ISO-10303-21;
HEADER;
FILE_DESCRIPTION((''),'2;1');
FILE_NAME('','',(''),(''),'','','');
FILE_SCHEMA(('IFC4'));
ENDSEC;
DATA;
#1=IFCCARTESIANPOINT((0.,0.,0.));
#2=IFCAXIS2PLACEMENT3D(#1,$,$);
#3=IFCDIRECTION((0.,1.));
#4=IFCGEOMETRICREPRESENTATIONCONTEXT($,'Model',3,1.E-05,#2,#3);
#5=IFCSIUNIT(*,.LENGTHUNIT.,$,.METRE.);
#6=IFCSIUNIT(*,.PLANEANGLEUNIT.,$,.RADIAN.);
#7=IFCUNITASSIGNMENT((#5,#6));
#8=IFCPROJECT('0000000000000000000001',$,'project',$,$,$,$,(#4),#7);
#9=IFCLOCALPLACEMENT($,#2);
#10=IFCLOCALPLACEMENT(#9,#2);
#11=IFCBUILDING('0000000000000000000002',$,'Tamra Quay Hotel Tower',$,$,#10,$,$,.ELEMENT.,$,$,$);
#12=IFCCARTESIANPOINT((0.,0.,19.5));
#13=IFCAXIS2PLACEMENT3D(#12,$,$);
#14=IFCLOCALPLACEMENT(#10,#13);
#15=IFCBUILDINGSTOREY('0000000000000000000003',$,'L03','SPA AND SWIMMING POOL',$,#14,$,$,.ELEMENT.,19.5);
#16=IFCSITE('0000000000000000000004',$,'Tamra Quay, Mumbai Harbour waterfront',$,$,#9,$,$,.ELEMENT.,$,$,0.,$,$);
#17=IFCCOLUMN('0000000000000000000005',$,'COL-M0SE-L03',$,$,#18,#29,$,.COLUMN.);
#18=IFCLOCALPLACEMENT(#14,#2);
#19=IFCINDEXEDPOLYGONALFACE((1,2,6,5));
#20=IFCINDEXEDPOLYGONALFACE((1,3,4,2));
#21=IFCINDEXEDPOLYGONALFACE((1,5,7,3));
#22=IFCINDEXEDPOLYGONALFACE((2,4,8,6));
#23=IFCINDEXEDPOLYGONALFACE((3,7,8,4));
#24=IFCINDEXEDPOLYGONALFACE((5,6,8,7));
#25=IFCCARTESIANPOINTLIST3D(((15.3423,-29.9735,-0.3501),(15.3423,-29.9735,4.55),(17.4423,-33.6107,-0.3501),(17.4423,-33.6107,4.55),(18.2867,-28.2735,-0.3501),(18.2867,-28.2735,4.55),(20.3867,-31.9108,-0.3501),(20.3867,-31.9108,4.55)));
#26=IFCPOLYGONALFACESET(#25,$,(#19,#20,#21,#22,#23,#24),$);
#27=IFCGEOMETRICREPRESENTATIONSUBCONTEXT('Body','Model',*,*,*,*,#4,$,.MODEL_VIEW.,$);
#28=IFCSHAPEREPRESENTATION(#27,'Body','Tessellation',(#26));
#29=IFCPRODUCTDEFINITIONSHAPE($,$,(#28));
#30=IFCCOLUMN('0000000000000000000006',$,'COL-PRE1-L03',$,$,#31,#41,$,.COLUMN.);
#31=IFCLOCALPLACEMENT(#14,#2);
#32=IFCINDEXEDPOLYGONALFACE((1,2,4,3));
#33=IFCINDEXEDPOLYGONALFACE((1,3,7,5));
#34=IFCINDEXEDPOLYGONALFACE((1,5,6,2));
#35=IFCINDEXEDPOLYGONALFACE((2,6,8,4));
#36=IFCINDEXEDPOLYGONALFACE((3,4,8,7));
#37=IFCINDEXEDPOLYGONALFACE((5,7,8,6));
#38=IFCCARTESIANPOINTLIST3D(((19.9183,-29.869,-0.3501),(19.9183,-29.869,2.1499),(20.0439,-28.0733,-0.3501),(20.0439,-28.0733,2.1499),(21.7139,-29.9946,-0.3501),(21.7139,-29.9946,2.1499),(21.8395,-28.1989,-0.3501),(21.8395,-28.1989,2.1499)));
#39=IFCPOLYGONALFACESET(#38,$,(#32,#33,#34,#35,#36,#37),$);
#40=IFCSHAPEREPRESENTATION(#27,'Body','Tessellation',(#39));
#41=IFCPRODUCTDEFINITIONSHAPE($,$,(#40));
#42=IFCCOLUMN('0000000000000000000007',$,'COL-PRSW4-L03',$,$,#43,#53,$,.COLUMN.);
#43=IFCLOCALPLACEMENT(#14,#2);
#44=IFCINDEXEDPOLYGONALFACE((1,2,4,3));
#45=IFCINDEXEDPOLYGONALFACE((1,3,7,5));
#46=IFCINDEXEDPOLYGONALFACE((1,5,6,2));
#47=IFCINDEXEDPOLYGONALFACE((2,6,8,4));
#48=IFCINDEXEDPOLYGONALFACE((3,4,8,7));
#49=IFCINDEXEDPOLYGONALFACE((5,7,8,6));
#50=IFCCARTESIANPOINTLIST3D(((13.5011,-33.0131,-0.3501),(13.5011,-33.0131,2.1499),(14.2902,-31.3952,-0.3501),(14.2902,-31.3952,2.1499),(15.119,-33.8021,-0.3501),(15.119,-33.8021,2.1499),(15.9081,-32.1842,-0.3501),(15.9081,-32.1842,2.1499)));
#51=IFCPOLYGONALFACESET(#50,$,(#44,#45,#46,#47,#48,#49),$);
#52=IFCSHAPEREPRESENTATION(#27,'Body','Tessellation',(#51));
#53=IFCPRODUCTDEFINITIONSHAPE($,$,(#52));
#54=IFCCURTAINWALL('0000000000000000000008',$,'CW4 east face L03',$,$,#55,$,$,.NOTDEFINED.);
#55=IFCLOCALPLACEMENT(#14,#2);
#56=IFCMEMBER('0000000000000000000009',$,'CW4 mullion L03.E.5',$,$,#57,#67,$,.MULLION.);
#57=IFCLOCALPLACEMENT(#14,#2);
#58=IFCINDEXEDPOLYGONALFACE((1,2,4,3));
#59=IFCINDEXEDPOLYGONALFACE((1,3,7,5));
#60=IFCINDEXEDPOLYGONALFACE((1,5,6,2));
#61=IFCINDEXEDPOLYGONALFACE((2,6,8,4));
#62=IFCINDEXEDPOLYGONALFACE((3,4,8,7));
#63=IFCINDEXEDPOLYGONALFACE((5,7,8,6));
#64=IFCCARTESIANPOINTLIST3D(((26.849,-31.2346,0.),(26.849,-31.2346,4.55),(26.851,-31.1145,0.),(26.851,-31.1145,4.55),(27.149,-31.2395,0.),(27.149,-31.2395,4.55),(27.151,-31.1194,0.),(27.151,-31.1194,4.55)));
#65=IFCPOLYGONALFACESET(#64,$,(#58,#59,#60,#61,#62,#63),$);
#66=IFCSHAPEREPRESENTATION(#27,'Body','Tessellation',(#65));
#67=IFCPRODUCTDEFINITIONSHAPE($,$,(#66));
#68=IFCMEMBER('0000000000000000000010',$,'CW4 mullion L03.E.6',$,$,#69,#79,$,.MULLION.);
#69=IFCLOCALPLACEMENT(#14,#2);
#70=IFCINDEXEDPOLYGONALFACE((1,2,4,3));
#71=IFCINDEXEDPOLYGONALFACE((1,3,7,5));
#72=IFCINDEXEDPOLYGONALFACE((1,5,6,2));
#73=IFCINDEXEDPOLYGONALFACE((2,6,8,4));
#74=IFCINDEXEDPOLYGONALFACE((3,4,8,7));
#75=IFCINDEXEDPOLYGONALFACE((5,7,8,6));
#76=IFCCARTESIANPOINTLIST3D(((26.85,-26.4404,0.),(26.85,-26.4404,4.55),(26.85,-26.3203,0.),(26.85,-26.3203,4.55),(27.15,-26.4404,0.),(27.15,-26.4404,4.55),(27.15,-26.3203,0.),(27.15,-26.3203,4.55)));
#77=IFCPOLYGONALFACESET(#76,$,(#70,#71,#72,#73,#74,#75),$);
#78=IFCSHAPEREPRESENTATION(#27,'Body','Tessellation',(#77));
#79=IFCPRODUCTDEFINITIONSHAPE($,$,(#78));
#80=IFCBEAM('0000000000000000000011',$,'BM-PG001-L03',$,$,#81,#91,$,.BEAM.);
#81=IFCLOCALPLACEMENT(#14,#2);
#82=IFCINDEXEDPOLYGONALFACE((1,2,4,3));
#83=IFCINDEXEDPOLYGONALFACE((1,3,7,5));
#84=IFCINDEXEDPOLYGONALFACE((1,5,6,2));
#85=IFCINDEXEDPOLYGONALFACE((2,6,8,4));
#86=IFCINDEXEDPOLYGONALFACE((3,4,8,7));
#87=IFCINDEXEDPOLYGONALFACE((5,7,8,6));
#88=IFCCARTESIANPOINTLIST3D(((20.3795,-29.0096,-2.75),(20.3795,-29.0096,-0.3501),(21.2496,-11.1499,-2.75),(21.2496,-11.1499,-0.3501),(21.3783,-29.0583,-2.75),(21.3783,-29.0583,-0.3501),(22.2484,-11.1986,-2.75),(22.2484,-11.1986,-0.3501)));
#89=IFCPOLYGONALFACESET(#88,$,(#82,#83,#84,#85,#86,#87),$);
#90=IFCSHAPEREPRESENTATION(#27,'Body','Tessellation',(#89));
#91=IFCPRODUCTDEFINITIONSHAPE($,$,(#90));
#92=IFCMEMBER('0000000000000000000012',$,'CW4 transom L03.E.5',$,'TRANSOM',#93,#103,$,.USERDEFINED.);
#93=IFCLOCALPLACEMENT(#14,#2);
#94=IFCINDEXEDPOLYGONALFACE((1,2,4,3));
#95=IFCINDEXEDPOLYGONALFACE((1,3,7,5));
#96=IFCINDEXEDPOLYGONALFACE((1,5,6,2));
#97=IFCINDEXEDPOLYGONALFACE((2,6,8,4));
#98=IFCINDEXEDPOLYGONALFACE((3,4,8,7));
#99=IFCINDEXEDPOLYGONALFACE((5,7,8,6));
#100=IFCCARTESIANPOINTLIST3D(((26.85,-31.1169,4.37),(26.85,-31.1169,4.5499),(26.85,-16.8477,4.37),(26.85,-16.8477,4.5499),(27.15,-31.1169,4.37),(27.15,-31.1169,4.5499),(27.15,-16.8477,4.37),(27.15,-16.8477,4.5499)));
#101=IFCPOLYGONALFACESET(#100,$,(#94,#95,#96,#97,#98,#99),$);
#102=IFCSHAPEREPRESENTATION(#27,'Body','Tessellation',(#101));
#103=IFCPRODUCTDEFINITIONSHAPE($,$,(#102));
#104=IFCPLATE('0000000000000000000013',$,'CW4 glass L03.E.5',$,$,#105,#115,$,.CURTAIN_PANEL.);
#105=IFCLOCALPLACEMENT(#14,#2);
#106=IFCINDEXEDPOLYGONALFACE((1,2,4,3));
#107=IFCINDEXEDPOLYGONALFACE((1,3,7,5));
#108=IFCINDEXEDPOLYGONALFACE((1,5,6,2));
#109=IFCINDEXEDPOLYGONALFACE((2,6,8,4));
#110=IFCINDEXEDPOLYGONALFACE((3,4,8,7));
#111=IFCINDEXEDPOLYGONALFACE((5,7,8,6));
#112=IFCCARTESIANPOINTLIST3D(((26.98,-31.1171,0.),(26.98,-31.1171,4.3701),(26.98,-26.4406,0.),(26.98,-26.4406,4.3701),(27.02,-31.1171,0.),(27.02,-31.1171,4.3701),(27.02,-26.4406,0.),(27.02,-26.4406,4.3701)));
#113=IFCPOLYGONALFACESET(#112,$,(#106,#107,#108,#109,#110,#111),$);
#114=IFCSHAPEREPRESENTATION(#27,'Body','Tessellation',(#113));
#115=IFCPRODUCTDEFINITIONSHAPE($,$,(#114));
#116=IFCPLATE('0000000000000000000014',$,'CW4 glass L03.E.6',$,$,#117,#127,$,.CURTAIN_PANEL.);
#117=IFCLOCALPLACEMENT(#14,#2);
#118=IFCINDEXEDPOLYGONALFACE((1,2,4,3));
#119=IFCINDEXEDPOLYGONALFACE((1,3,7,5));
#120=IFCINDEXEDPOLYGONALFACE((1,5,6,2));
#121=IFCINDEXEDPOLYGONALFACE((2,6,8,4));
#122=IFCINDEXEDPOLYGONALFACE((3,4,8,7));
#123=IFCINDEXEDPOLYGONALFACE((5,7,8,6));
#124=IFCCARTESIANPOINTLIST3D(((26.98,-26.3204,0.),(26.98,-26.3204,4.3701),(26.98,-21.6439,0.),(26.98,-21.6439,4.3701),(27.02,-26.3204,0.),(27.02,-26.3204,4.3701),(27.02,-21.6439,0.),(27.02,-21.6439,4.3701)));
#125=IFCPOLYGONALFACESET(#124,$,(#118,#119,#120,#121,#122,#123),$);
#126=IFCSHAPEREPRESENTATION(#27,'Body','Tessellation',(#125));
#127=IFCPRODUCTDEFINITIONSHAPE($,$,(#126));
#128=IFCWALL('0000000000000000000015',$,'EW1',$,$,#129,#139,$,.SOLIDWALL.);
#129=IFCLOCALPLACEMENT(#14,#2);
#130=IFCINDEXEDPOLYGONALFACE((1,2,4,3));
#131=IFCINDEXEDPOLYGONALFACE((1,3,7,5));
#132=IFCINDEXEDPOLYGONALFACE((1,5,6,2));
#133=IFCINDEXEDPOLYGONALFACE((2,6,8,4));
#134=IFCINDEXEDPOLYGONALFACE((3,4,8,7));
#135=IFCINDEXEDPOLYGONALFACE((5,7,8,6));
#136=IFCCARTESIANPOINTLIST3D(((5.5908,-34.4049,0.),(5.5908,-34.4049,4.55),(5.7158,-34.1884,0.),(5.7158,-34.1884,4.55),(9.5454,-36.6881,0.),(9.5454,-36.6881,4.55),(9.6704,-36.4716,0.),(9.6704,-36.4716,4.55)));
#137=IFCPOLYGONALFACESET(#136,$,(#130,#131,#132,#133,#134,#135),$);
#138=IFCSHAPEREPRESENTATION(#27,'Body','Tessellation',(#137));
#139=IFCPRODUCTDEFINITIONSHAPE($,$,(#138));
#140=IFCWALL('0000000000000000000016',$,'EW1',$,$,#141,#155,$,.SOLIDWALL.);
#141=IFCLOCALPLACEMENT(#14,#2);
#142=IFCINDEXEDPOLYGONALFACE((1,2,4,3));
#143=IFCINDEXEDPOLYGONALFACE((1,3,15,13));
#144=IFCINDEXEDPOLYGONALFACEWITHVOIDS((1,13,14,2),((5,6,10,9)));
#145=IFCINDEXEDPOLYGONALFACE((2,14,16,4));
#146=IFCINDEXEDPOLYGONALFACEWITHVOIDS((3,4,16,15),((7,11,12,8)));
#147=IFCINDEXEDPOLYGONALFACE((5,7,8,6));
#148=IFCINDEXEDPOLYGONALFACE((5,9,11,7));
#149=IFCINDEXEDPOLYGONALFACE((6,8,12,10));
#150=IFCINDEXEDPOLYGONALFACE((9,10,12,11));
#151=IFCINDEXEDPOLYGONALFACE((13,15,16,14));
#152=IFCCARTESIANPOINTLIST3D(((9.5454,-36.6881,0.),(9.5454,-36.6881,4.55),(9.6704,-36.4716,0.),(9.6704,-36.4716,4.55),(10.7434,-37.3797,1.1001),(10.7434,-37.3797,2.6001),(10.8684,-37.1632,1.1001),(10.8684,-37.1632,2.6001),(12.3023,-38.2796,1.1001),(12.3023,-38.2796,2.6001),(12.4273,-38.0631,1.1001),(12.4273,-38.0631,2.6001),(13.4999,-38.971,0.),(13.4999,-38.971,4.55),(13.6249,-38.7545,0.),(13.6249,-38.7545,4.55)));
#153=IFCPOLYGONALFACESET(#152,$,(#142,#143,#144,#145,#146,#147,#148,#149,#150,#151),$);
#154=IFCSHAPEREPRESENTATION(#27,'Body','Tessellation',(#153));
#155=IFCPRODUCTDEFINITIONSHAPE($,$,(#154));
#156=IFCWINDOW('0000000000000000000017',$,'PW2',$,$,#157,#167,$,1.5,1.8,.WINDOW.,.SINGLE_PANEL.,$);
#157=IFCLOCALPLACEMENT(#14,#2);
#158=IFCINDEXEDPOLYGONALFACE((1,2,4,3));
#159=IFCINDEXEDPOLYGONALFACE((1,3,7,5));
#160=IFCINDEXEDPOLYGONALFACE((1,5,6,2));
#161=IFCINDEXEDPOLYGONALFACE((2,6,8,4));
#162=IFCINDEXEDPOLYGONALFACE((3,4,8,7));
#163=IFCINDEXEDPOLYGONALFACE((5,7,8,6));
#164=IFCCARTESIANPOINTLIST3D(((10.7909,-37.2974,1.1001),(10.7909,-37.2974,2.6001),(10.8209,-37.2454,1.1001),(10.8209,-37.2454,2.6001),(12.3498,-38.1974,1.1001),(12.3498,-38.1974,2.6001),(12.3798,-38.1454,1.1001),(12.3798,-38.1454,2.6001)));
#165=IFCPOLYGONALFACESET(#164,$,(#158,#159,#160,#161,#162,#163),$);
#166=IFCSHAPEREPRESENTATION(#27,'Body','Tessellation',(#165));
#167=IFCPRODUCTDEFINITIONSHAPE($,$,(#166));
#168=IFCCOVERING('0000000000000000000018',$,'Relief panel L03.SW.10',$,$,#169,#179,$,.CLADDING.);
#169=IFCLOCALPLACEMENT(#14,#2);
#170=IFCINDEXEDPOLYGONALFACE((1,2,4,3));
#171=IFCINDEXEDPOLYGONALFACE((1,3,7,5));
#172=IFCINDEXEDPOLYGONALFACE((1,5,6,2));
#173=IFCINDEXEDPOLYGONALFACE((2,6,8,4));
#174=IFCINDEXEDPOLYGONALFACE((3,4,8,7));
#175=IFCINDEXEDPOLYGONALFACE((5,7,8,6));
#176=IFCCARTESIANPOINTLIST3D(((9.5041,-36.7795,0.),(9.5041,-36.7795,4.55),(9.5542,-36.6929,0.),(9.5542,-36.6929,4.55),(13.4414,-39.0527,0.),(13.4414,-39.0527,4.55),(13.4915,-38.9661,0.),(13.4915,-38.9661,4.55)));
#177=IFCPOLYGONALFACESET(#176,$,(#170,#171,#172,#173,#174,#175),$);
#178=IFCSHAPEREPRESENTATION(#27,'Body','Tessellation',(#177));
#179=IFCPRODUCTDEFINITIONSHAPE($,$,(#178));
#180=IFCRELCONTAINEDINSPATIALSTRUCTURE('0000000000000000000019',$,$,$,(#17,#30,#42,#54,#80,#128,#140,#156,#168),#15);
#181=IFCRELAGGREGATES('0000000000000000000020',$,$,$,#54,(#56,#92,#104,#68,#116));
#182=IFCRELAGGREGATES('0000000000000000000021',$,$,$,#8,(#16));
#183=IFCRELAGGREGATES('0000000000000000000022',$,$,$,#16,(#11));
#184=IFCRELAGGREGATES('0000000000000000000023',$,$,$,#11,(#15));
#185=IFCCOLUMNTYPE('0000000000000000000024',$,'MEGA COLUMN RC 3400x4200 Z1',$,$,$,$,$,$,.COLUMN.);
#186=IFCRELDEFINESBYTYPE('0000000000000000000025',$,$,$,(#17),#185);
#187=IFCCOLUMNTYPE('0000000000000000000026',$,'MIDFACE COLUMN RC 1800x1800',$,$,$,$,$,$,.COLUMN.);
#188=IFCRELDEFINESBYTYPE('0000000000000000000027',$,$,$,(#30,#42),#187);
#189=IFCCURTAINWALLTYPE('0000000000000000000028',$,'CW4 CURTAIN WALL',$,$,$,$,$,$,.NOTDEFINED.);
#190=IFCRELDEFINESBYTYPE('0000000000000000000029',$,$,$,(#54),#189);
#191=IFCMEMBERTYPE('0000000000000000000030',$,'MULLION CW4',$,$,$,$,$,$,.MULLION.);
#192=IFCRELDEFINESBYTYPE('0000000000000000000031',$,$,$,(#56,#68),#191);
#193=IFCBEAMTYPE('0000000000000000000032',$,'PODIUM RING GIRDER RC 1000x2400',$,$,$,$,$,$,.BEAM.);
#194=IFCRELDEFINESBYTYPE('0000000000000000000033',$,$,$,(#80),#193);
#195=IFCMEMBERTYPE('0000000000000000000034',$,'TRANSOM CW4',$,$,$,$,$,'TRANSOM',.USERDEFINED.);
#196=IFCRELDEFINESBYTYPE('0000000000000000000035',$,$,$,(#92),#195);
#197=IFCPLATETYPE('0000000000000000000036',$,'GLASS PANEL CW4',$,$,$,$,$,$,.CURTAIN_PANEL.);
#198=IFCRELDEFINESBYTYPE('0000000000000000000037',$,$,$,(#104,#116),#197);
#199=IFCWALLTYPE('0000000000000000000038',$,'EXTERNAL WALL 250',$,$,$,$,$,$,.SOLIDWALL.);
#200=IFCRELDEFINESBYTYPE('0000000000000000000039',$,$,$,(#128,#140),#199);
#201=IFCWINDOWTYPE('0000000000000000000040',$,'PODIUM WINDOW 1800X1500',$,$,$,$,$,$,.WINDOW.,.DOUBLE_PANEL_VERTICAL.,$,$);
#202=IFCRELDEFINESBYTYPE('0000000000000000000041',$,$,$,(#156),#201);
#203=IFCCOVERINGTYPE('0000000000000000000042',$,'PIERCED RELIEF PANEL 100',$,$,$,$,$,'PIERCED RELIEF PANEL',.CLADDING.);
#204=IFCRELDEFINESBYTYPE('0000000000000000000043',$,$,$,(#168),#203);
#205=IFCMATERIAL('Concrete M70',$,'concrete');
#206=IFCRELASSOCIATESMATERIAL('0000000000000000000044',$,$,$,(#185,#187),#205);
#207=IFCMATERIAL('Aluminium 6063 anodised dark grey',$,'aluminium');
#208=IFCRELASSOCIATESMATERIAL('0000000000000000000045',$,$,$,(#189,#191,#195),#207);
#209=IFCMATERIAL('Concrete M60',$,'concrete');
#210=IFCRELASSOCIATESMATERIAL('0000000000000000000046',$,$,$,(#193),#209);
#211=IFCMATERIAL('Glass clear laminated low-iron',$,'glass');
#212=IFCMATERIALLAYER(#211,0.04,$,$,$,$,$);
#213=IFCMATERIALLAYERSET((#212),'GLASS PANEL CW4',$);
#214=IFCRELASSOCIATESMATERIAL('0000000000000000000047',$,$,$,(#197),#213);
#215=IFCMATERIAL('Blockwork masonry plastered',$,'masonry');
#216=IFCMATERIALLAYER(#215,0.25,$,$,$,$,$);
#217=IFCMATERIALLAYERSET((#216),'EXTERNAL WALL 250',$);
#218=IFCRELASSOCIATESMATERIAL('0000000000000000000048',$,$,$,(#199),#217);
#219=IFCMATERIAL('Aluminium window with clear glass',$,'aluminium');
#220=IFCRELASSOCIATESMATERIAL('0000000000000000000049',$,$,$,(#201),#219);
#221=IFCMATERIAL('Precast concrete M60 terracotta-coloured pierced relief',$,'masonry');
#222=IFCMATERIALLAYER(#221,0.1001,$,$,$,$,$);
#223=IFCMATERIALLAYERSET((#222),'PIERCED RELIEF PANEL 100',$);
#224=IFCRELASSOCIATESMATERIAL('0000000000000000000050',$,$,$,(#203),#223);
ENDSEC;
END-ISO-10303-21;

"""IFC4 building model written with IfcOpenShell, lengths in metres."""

from ifc_helpers import new_model, si_unit, direction, frame, frame_2d, origin, origin_2d, place, context, subcontext, project, spatial, rectangle, extrude, material, layer, layer_set, material_profile, profile_set, type_object, element, fill, aggregate, save


model = new_model("IFC4")

# Units and contexts
model_context = context("Model", 3, precision=1e-05, world=origin(), true_north=direction((0.0, 1.0)))
body_context = subcontext(model_context, "Body", "Model", "MODEL_VIEW")
ifc_project = project(units=[si_unit("LENGTHUNIT", "METRE"), si_unit("PLANEANGLEUNIT", "RADIAN")], contexts=[model_context])

# Site, building, storey
site_placement = place(None, origin())
site = spatial("IfcSite", under=ifc_project, at=site_placement, Name="Tamra Quay, Mumbai Harbour waterfront", CompositionType="ELEMENT", RefElevation=0.0)
building_placement = place(site_placement, origin())
building = spatial("IfcBuilding", under=site, at=building_placement, Name="Tamra Quay Hotel Tower", CompositionType="ELEMENT")
storey_placement = place(building_placement, frame((0.0, 0.0, 19.5)))
storey = spatial("IfcBuildingStorey", under=building, at=storey_placement, Name="L03", Description="SPA AND SWIMMING POOL", CompositionType="ELEMENT", Elevation=19.5)

# Columns
ifc_material_1 = material(Name="Concrete M70", Category="concrete")
ifc_material_profile_1 = material_profile(ifc_material_1, rectangle(XDim=4.2, YDim=3.3999, at=origin_2d()), Name="MEGA COLUMN RC 3400x4200 Z1")
ifc_profile_set_1 = profile_set([ifc_material_profile_1], Name="Concrete M70")
column_type_1 = type_object("IfcColumnType", Name="MEGA COLUMN RC 3400x4200 Z1", PredefinedType="COLUMN", material=ifc_profile_set_1)
column_placement = place(storey_placement, frame((17.8645, -30.9421, -0.3501), z_axis=(0.0, 0.0, 1.0), x_axis=(-0.5, 0.866025, 0.0)))
element("IfcColumn", 1, at=column_placement, inside=storey, type_object=column_type_1, Name="COL-M0SE-L03", PredefinedType="COLUMN", context=body_context, shape_type="SweptSolid", body=[
    extrude(rectangle(XDim=4.2, YDim=3.3999, at=origin_2d()), origin(), (0.0, 0.0, 1.0), 4.9001),
])
ifc_material_profile_2 = material_profile(ifc_material_1, rectangle(XDim=1.8, YDim=1.8, at=origin_2d()), Name="MIDFACE COLUMN RC 1800x1800")
ifc_profile_set_2 = profile_set([ifc_material_profile_2], Name="Concrete M70")
column_type_2 = type_object("IfcColumnType", Name="MIDFACE COLUMN RC 1800x1800", PredefinedType="COLUMN", material=ifc_profile_set_2)
for number, where, z_axis, x_axis, name in (
    (2, (20.8789, -29.0339, -0.3501), (0.0, 0.0, 1.0), (-0.997562, 0.06979, 0.0), "COL-PRE1-L03"),
    (3, (14.7046, -32.5986, -0.3501), (0.0, 0.0, 1.0), (0.438341, 0.898809, 0.0), "COL-PRSW4-L03"),
):
    element("IfcColumn", number, at=place(storey_placement, frame(where, z_axis=z_axis, x_axis=x_axis)), inside=storey, type_object=column_type_2, Name=name, PredefinedType="COLUMN", context=body_context, shape_type="SweptSolid", body=[
        extrude(rectangle(XDim=1.8, YDim=1.8, at=origin_2d()), origin(), (0.0, 0.0, 1.0), 2.5),
    ])

# Curtain wall, members
ifc_material_2 = material(Name="Aluminium 6063 anodised dark grey", Category="aluminium")
curtain_wall_type = type_object("IfcCurtainWallType", Name="CW4 CURTAIN WALL", PredefinedType="NOTDEFINED", material=ifc_material_2)
curtain_wall_placement = place(storey_placement, origin())
curtain_wall = element("IfcCurtainWall", 4, at=curtain_wall_placement, inside=storey, type_object=curtain_wall_type, Name="CW4 east face L03", PredefinedType="NOTDEFINED")
ifc_material_profile_3 = material_profile(ifc_material_2, rectangle(XDim=0.3, YDim=0.1201, at=origin_2d()), Name="MULLION 120X300")
ifc_profile_set_3 = profile_set([ifc_material_profile_3], Name="Aluminium 6063 anodised dark grey")
member_type_1 = type_object("IfcMemberType", Name="MULLION CW4", PredefinedType="MULLION", material=ifc_profile_set_3)
member_1_placement = place(storey_placement, frame((27.0, -31.177, 0.0), z_axis=(0.0, 0.0, 1.0), x_axis=(0.999866, -0.016362, 0.0)))
member_1 = element("IfcMember", 5, at=member_1_placement, type_object=member_type_1, Name="CW4 mullion L03.E.5", PredefinedType="MULLION", context=body_context, shape_type="SweptSolid", body=[
    extrude(rectangle(XDim=0.3, YDim=0.1201, at=origin_2d()), origin(), (0.0, 0.0, 1.0), 4.55),
])
member_2_placement = place(storey_placement, frame((27.0, -26.3804, 0.0), z_axis=(0.0, 0.0, 1.0), x_axis=(1.0, 0.0, 0.0)))
member_2 = element("IfcMember", 6, at=member_2_placement, type_object=member_type_1, Name="CW4 mullion L03.E.6", PredefinedType="MULLION", context=body_context, shape_type="SweptSolid", body=[
    extrude(rectangle(XDim=0.3, YDim=0.1201, at=origin_2d()), origin(), (0.0, 0.0, 1.0), 4.55),
])

# Beam
ifc_material_3 = material(Name="Concrete M60", Category="concrete")
ifc_material_profile_4 = material_profile(ifc_material_3, rectangle(XDim=1.0, YDim=2.3999, at=origin_2d()), Name="PODIUM RING GIRDER RC 1000x2400")
ifc_profile_set_4 = profile_set([ifc_material_profile_4], Name="Concrete M60")
beam_type = type_object("IfcBeamType", Name="PODIUM RING GIRDER RC 1000x2400", PredefinedType="BEAM", material=ifc_profile_set_4)
beam_placement = place(storey_placement, frame((20.8789, -29.0339, -1.55), z_axis=(0.048662, 0.998815, 0.0), x_axis=(-0.998815, 0.048662, 0.0)))
element("IfcBeam", 7, at=beam_placement, inside=storey, type_object=beam_type, Name="BM-PG001-L03", PredefinedType="BEAM", context=body_context, shape_type="SweptSolid", body=[
    extrude(rectangle(XDim=1.0, YDim=2.3999, at=origin_2d()), origin(), (0.0, 0.0, 1.0), 17.8809),
])

# Member
ifc_material_profile_5 = material_profile(ifc_material_2, rectangle(XDim=0.3, YDim=0.1799, at=origin_2d()), Name="TRANSOM 300X180")
ifc_profile_set_5 = profile_set([ifc_material_profile_5], Name="Aluminium 6063 anodised dark grey")
member_type_2 = type_object("IfcMemberType", Name="TRANSOM CW4", ElementType="TRANSOM", PredefinedType="USERDEFINED", material=ifc_profile_set_5)
member_3_placement = place(storey_placement, frame((27.0, -31.1169, 4.46), z_axis=(0.0, 1.0, 0.0), x_axis=(-1.0, 0.0, 0.0)))
member_3 = element("IfcMember", 8, at=member_3_placement, type_object=member_type_2, Name="CW4 transom L03.E.5", ObjectType="TRANSOM", PredefinedType="USERDEFINED", context=body_context, shape_type="SweptSolid", body=[
    extrude(rectangle(XDim=0.3, YDim=0.1799, at=origin_2d()), origin(), (0.0, 0.0, 1.0), 14.2693),
])

# Plates
ifc_material_4 = material(Name="Glass clear laminated low-iron", Category="glass")
ifc_layer_1 = layer(ifc_material_4, 0.04)
ifc_layer_set_1 = layer_set([ifc_layer_1], Name="GLASS PANEL CW4")
plate_type = type_object("IfcPlateType", Name="GLASS PANEL CW4", PredefinedType="CURTAIN_PANEL", material=ifc_layer_set_1)
plate_1_placement = place(storey_placement, frame((27.0, -28.7788, 0.0), z_axis=(0.0, 0.0, 1.0), x_axis=(0.0, 1.0, 0.0)))
plate_1 = element("IfcPlate", 9, at=plate_1_placement, type_object=plate_type, Name="CW4 glass L03.E.5", PredefinedType="CURTAIN_PANEL", context=body_context, shape_type="SweptSolid", body=[
    extrude(rectangle(XDim=4.6765, YDim=0.04, at=origin_2d()), origin(), (0.0, 0.0, 1.0), 4.3701),
])
plate_2_placement = place(storey_placement, frame((27.0, -23.9822, 0.0), z_axis=(0.0, 0.0, 1.0), x_axis=(0.0, 1.0, 0.0)))
plate_2 = element("IfcPlate", 10, at=plate_2_placement, type_object=plate_type, Name="CW4 glass L03.E.6", PredefinedType="CURTAIN_PANEL", context=body_context, shape_type="SweptSolid", body=[
    extrude(rectangle(XDim=4.6765, YDim=0.04, at=origin_2d()), origin(), (0.0, 0.0, 1.0), 4.3701),
])
aggregate(curtain_wall, [member_1, member_3, plate_1, member_2, plate_2])

# Wall
ifc_material_5 = material(Name="Blockwork masonry plastered", Category="masonry")
ifc_layer_2 = layer(ifc_material_5, 0.25)
ifc_layer_set_2 = layer_set([ifc_layer_2], Name="EXTERNAL WALL 250")
wall_type = type_object("IfcWallType", Name="EXTERNAL WALL 250", PredefinedType="SOLIDWALL", material=ifc_layer_set_2)
wall_1_placement = place(storey_placement, frame((9.6079, -36.5798, 0.0), z_axis=(0.0, 0.0, 1.0), x_axis=(-0.866024, 0.500003, 0.0)))
element("IfcWall", 11, at=wall_1_placement, inside=storey, type_object=wall_type, Name="EW1", PredefinedType="SOLIDWALL", context=body_context, shape_type="SweptSolid", body=[
    extrude(rectangle(XDim=4.5664, YDim=0.25, at=frame_2d((2.2832, 0.0))), origin(), (0.0, 0.0, 1.0), 4.55),
])

# Wall, opening, window
wall_2_placement = place(storey_placement, frame((13.5625, -38.8628, 0.0), z_axis=(0.0, 0.0, 1.0), x_axis=(-0.866047, 0.499963, 0.0)))
wall_2 = element("IfcWall", 12, at=wall_2_placement, inside=storey, type_object=wall_type, Name="EW1", PredefinedType="SOLIDWALL", context=body_context, shape_type="SweptSolid", body=[
    extrude(rectangle(XDim=4.5662, YDim=0.25, at=frame_2d((2.2832, 0.0))), origin(), (0.0, 0.0, 1.0), 4.55),
])
opening_placement = place(wall_2_placement, frame((1.3831, 0.0, 1.1001)))
opening = element("IfcOpeningElement", 13, at=opening_placement, cuts=wall_2, PredefinedType="OPENING", context=body_context, shape_type="SweptSolid", body=[
    extrude(rectangle(XDim=1.8, YDim=1.5, at=frame_2d((0.8999, 0.75))), frame((0.0, 0.135, 0.0), z_axis=(0.0, -1.0, 0.0), x_axis=(1.0, 0.0, 0.0)), (0.0, 0.0, 1.0), 0.27),
])
ifc_material_6 = material(Name="Aluminium window with clear glass", Category="aluminium")
window_type = type_object("IfcWindowType", Name="PODIUM WINDOW 1800X1500", PartitioningType="DOUBLE_PANEL_VERTICAL", PredefinedType="WINDOW", material=ifc_material_6)
window_placement = place(opening_placement, origin())
window = element("IfcWindow", 14, at=window_placement, inside=storey, type_object=window_type, Name="PW2", OverallHeight=1.5, OverallWidth=1.8, PartitioningType="SINGLE_PANEL", PredefinedType="WINDOW", context=body_context, shape_type="SweptSolid", body=[
    extrude(rectangle(XDim=1.8, YDim=1.5, at=frame_2d((0.8999, 0.75))), frame((0.0, 0.03, 0.0), z_axis=(0.0, -1.0, 0.0), x_axis=(1.0, 0.0, 0.0)), (0.0, 0.0, 1.0), 0.0601),
])
fill(opening, window)

# Covering
ifc_material_7 = material(Name="Precast concrete M60 terracotta-coloured pierced relief", Category="masonry")
ifc_layer_3 = layer(ifc_material_7, 0.1001)
ifc_layer_set_3 = layer_set([ifc_layer_3], Name="PIERCED RELIEF PANEL 100")
covering_type_1 = type_object("IfcCoveringType", Name="PIERCED RELIEF PANEL 100", ElementType="PIERCED RELIEF PANEL", PredefinedType="CLADDING", material=ifc_layer_set_3)
covering_placement = place(storey_placement, frame((11.4978, -37.8728, 0.0), z_axis=(0.0, 0.0, 1.0), x_axis=(0.866025, -0.5, 0.0)))
element("IfcCovering", 15, at=covering_placement, inside=storey, type_object=covering_type_1, Name="Relief panel L03.SW.10", PredefinedType="CLADDING", context=body_context, shape_type="SweptSolid", body=[
    extrude(rectangle(XDim=4.5464, YDim=0.1001, at=origin_2d()), origin(), (0.0, 0.0, 1.0), 4.55),
])

save(model, "model.ifc")
